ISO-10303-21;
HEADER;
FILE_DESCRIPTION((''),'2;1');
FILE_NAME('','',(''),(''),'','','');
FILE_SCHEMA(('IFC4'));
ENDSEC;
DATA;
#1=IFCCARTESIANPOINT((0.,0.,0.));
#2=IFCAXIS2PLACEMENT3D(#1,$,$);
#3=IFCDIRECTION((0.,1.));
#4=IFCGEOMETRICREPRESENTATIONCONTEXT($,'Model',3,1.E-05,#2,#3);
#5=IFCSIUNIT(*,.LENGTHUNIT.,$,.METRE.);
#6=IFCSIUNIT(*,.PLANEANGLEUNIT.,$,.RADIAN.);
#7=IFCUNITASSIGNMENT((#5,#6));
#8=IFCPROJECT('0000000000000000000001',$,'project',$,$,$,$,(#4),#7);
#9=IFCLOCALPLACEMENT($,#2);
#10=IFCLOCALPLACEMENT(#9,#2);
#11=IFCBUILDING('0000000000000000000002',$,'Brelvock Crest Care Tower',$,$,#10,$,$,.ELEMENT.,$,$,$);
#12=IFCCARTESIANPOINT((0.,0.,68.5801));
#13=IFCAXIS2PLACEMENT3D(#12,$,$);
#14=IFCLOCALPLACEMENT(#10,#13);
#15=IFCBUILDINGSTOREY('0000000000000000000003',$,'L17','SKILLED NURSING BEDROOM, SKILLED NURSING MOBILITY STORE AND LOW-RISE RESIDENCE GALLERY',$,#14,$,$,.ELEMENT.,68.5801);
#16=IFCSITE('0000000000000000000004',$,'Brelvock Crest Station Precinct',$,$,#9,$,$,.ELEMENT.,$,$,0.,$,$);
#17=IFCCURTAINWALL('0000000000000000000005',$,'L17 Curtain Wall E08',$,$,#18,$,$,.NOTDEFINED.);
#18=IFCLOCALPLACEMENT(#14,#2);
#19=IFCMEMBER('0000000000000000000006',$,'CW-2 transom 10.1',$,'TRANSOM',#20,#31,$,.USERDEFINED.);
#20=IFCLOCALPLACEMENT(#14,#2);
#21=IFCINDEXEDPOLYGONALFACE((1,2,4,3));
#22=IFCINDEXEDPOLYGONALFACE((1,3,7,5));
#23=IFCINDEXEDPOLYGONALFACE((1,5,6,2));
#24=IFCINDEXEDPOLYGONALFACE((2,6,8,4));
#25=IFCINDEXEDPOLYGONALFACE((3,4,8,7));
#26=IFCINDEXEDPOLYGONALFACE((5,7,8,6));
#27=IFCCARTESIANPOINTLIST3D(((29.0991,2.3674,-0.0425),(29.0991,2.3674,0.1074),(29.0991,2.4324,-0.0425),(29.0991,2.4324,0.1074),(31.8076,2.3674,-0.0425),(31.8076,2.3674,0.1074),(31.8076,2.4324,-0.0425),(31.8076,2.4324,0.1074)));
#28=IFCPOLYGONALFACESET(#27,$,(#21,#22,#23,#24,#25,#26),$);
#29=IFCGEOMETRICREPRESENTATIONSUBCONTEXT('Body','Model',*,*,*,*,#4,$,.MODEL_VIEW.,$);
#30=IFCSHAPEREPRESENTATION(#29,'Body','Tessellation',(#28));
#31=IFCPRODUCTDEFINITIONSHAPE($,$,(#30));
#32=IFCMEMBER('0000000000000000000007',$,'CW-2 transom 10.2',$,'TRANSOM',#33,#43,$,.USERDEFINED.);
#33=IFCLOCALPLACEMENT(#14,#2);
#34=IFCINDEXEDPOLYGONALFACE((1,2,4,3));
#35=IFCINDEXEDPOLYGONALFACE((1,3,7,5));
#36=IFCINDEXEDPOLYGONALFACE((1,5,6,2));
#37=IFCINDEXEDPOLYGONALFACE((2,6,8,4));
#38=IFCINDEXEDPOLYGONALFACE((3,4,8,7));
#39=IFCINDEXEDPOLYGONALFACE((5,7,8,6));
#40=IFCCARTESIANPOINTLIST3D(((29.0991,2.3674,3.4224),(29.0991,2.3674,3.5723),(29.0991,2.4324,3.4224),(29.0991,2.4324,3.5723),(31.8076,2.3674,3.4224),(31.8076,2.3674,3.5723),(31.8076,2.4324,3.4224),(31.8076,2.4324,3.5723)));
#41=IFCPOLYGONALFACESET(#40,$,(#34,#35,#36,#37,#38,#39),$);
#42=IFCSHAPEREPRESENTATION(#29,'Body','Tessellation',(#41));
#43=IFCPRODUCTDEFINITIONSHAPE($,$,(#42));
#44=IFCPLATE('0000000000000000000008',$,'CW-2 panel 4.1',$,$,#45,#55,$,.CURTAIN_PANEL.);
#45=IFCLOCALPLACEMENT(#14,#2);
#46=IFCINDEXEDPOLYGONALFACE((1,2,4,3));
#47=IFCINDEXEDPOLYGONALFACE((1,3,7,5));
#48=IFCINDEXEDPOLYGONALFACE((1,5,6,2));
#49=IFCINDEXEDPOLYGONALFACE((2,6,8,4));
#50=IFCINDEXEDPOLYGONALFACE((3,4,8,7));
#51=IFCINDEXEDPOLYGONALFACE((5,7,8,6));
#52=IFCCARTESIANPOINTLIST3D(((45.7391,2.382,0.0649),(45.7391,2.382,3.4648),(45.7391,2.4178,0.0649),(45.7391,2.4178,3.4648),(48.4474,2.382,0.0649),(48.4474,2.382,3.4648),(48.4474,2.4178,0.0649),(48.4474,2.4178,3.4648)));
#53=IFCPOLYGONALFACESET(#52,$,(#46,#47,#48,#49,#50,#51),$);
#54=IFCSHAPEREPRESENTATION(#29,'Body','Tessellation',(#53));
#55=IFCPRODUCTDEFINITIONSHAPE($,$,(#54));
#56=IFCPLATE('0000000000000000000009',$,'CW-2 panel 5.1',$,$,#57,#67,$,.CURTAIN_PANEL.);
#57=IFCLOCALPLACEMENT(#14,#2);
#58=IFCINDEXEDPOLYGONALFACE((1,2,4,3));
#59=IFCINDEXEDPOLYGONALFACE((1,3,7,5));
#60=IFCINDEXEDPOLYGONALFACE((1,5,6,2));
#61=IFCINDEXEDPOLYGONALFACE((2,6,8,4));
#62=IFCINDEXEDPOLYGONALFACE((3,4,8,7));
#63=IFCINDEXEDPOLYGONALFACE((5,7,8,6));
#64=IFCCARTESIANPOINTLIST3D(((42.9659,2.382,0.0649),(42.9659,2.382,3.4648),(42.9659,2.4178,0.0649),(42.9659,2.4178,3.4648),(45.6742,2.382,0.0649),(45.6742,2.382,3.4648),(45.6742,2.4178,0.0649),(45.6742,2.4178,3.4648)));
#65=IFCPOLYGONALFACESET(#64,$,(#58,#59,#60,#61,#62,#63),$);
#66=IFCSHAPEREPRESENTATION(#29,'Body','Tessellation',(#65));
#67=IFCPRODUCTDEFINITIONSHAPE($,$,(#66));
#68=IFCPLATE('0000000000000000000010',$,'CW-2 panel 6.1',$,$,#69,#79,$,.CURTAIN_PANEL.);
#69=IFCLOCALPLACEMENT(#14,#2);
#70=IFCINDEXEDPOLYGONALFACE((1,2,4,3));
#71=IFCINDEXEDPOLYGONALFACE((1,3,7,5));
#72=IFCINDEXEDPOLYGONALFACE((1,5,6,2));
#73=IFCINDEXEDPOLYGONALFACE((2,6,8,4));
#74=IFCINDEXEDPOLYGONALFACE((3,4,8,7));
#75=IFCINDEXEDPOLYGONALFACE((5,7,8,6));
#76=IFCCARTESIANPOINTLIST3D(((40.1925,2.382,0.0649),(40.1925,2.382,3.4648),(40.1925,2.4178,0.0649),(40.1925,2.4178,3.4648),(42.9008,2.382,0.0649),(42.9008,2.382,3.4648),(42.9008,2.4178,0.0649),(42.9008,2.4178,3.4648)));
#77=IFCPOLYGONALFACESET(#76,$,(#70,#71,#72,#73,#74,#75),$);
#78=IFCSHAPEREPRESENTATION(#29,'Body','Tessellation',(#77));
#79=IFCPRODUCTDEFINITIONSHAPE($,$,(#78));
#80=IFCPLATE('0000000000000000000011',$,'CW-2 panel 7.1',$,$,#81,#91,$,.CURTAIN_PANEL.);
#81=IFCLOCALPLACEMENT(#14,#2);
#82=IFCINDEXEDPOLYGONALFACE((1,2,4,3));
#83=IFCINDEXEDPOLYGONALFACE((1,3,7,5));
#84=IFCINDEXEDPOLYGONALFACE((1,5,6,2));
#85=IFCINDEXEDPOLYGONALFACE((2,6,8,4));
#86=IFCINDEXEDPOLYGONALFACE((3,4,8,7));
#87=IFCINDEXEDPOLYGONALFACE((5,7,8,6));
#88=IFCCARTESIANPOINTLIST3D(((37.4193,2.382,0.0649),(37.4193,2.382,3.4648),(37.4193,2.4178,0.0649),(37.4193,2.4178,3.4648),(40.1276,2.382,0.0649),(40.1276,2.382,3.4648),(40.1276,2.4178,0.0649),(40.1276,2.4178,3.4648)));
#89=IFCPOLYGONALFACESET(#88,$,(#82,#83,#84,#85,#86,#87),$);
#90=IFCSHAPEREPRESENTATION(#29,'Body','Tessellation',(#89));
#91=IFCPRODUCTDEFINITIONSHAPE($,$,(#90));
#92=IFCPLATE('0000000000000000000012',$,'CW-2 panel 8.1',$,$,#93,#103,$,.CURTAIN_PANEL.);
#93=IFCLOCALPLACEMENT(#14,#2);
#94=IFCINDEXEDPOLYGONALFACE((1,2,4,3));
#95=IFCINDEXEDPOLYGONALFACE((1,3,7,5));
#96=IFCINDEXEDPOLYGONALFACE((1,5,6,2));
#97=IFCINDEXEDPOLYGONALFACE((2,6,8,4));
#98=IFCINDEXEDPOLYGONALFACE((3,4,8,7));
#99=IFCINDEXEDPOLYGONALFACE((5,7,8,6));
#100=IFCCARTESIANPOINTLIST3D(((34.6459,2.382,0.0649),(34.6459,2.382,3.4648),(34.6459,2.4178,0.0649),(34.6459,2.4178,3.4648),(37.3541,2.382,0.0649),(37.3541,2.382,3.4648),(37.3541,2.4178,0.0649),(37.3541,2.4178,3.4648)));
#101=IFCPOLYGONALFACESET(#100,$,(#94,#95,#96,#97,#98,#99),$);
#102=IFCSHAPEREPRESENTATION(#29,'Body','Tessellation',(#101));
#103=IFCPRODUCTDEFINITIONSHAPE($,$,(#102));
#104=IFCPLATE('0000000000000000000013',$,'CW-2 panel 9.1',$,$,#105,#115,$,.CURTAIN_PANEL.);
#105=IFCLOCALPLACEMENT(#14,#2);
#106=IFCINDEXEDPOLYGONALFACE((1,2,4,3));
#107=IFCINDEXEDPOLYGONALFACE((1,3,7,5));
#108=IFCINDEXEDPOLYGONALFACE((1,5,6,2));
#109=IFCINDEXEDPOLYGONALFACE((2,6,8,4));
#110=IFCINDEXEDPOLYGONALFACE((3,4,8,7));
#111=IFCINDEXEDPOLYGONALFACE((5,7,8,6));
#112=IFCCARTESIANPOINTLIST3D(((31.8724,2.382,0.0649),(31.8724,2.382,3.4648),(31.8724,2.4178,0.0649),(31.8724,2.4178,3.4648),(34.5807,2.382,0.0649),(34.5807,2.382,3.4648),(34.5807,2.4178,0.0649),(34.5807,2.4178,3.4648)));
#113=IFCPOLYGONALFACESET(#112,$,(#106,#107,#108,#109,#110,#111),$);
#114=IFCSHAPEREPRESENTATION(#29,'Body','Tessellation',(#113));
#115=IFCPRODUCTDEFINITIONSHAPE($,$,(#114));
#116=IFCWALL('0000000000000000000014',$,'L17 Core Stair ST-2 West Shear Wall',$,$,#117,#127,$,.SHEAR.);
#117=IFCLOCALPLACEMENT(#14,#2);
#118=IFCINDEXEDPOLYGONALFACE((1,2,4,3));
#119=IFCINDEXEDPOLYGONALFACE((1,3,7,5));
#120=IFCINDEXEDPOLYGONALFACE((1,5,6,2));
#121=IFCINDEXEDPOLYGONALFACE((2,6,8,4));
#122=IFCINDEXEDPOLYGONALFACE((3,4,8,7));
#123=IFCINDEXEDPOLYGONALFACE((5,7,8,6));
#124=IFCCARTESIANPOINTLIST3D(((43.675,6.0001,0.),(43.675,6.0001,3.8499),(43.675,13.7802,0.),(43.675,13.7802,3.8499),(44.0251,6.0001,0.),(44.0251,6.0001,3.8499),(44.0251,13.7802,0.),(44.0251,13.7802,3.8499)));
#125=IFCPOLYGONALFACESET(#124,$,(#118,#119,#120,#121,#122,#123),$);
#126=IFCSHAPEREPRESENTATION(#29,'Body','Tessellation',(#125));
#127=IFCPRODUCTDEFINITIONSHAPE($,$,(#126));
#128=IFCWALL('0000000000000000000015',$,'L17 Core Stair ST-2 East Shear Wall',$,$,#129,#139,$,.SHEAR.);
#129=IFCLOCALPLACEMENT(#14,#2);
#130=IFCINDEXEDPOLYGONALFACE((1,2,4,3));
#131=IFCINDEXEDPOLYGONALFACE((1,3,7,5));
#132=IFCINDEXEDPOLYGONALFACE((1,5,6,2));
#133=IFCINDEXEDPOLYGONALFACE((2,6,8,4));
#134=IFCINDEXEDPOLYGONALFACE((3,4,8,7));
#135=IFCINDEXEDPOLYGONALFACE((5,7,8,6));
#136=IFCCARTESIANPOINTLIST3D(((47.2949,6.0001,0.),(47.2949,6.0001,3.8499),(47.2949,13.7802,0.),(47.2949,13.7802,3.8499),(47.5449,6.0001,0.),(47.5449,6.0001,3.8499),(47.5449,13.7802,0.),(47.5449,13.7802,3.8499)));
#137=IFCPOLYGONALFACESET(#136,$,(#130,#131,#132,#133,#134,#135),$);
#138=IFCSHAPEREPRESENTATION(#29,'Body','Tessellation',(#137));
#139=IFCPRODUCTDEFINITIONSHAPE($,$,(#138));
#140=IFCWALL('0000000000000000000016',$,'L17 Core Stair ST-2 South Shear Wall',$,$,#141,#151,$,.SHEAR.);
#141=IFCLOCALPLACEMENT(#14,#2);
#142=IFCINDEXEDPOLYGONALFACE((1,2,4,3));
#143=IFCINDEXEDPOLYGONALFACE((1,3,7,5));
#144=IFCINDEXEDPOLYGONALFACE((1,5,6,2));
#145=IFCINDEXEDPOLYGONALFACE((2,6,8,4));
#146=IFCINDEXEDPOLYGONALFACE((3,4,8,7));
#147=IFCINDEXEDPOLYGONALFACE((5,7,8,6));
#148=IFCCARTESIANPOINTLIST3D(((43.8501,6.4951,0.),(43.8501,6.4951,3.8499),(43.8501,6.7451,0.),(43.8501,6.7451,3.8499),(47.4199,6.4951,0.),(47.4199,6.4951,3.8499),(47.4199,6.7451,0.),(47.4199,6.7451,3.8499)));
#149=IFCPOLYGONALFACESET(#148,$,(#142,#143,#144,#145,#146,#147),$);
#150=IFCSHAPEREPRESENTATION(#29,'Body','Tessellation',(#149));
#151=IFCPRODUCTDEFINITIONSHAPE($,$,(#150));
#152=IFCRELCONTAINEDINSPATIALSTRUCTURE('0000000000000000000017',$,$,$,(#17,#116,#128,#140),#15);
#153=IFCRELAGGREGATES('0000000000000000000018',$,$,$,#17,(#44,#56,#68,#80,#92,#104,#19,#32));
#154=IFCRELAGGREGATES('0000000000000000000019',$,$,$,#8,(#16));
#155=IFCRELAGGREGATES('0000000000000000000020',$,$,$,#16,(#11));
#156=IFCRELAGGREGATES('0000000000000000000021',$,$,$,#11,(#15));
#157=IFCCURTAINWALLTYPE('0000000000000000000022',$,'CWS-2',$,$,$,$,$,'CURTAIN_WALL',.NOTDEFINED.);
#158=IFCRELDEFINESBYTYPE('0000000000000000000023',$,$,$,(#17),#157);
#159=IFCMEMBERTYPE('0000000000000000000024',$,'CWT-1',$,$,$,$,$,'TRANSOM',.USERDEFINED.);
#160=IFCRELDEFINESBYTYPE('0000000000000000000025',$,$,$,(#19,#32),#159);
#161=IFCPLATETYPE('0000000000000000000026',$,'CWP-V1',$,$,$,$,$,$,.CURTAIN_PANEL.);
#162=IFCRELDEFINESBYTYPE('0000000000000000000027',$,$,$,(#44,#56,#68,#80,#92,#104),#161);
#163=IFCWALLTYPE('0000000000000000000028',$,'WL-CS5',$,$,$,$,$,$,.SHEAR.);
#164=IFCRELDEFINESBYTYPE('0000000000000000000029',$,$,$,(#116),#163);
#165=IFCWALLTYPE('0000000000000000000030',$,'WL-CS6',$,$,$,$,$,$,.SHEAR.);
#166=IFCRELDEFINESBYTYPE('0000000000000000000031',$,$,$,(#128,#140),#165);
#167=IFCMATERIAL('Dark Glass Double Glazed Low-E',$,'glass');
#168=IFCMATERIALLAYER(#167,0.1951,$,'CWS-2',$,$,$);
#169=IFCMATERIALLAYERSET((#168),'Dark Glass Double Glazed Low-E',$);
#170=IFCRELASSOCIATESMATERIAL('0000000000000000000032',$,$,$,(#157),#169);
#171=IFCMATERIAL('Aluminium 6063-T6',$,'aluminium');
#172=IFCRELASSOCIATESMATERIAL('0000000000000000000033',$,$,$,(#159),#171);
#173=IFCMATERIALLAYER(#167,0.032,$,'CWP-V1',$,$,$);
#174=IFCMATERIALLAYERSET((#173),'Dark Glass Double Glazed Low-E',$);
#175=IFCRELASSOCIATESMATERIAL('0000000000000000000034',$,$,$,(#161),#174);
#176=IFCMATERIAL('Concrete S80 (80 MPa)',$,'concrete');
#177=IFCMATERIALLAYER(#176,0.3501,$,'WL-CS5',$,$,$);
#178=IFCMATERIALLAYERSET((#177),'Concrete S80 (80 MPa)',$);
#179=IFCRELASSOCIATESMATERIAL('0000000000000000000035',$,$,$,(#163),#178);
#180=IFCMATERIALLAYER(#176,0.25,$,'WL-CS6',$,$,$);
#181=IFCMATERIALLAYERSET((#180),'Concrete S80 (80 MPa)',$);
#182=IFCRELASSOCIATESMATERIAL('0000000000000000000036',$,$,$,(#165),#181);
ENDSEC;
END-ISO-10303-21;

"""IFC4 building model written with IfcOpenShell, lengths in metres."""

from ifc_helpers import new_model, si_unit, direction, frame, frame_2d, origin, origin_2d, place, context, subcontext, project, spatial, rectangle, extrude, source, transform, mapped, material, layer, layer_set, material_profile, profile_set, type_object, element, aggregate, save


model = new_model("IFC4")

# Units and contexts
model_context = context("Model", 3, precision=1e-05, world=origin(), true_north=direction((0.0, 1.0)))
body_context = subcontext(model_context, "Body", "Model", "MODEL_VIEW")
ifc_project = project(units=[si_unit("LENGTHUNIT", "METRE"), si_unit("PLANEANGLEUNIT", "RADIAN")], contexts=[model_context])

# Site, building, storey
site_placement = place(None, origin())
site = spatial("IfcSite", under=ifc_project, at=site_placement, Name="Brelvock Crest Station Precinct", CompositionType="ELEMENT", RefElevation=0.0)
building_placement = place(site_placement, origin())
building = spatial("IfcBuilding", under=site, at=building_placement, Name="Brelvock Crest Care Tower", CompositionType="ELEMENT")
storey_placement = place(building_placement, frame((0.0, 0.0, 68.5801)))
storey = spatial("IfcBuildingStorey", under=building, at=storey_placement, Name="L17", Description="SKILLED NURSING BEDROOM, SKILLED NURSING MOBILITY STORE AND LOW-RISE RESIDENCE GALLERY", CompositionType="ELEMENT", Elevation=68.5801)

# Shared definitions
ifc_material_1 = material(Name="Concrete S80 (80 MPa)", Category="concrete")

# Curtain wall, members, plates
ifc_material_2 = material(Name="Dark Glass Double Glazed Low-E", Category="glass")
ifc_layer_1 = layer(ifc_material_2, 0.1951, Name="CWS-2")
ifc_layer_set_1 = layer_set([ifc_layer_1], Name="Dark Glass Double Glazed Low-E")
curtain_wall_type = type_object("IfcCurtainWallType", Name="CWS-2", ElementType="CURTAIN_WALL", PredefinedType="NOTDEFINED", material=ifc_layer_set_1)
curtain_wall_placement = place(storey_placement, origin())
curtain_wall = element("IfcCurtainWall", 1, at=curtain_wall_placement, inside=storey, type_object=curtain_wall_type, Name="L17 Curtain Wall E08", PredefinedType="NOTDEFINED")
ifc_material_3 = material(Name="Aluminium 6063-T6", Category="aluminium")
ifc_material_profile_1 = material_profile(ifc_material_3, rectangle(XDim=0.0649, YDim=0.1499, at=origin_2d()), Name="ALU65x150")
ifc_profile_set_1 = profile_set([ifc_material_profile_1], Name="Aluminium 6063-T6")
member_type_1 = type_object("IfcMemberType", Name="CWT-1", ElementType="TRANSOM", PredefinedType="USERDEFINED", material=ifc_profile_set_1)
shared_shape_1 = source(origin(), body_context, "Body", "SweptSolid", [
    extrude(rectangle(XDim=0.0649, YDim=0.1499, at=origin_2d()), origin(), (0.0, 0.0, 1.0), 2.7085),
])
member_1_placement = place(storey_placement, frame((31.8076, 2.3999, 0.0325), z_axis=(-1.0, 0.0, 0.0), x_axis=(0.0, -1.0, 0.0)))
member_1 = element("IfcMember", 2, at=member_1_placement, type_object=member_type_1, Name="CW-2 transom 10.1", ObjectType="TRANSOM", PredefinedType="USERDEFINED", context=body_context, shape_type="MappedRepresentation", body=[
    mapped(shared_shape_1, transform((0.0, 0.0, 0.0), x_axis=(1.0, 0.0, 0.0), y_axis=(0.0, 1.0, 0.0), z_axis=(0.0, 0.0, 1.0), scale=1.0)),
])
member_2_placement = place(storey_placement, frame((31.8076, 2.3999, 3.4973), z_axis=(-1.0, 0.0, 0.0), x_axis=(0.0, -1.0, 0.0)))
member_2 = element("IfcMember", 3, at=member_2_placement, type_object=member_type_1, Name="CW-2 transom 10.2", ObjectType="TRANSOM", PredefinedType="USERDEFINED", context=body_context, shape_type="MappedRepresentation", body=[
    mapped(shared_shape_1, transform((0.0, 0.0, 0.0), x_axis=(1.0, 0.0, 0.0), y_axis=(0.0, 1.0, 0.0), z_axis=(0.0, 0.0, 1.0), scale=1.0)),
])
ifc_layer_2 = layer(ifc_material_2, 0.032, Name="CWP-V1")
ifc_layer_set_2 = layer_set([ifc_layer_2], Name="Dark Glass Double Glazed Low-E")
plate_type = type_object("IfcPlateType", Name="CWP-V1", PredefinedType="CURTAIN_PANEL", material=ifc_layer_set_2)
shared_shape_2 = source(origin(), body_context, "Body", "SweptSolid", [
    extrude(rectangle(XDim=2.7083, YDim=0.0359, at=origin_2d()), origin(), (0.0, 0.0, 1.0), 3.3999),
])
plate_1_placement = place(storey_placement, frame((47.0933, 2.3999, 0.0649), z_axis=(0.0, 0.0, 1.0), x_axis=(-1.0, 0.0, 0.0)))
plate_1 = element("IfcPlate", 4, at=plate_1_placement, type_object=plate_type, Name="CW-2 panel 4.1", PredefinedType="CURTAIN_PANEL", context=body_context, shape_type="MappedRepresentation", body=[
    mapped(shared_shape_2, transform((0.0, 0.0, 0.0), x_axis=(1.0, 0.0, 0.0), y_axis=(0.0, 1.0, 0.0), z_axis=(0.0, 0.0, 1.0), scale=1.0)),
])
plate_2_placement = place(storey_placement, frame((44.3201, 2.3999, 0.0649), z_axis=(0.0, 0.0, 1.0), x_axis=(-1.0, 0.0, 0.0)))
plate_2 = element("IfcPlate", 5, at=plate_2_placement, type_object=plate_type, Name="CW-2 panel 5.1", PredefinedType="CURTAIN_PANEL", context=body_context, shape_type="MappedRepresentation", body=[
    mapped(shared_shape_2, transform((0.0, 0.0, 0.0), x_axis=(1.0, 0.0, 0.0), y_axis=(0.0, 1.0, 0.0), z_axis=(0.0, 0.0, 1.0), scale=1.0)),
])
plate_3_placement = place(storey_placement, frame((41.5466, 2.3999, 0.0649), z_axis=(0.0, 0.0, 1.0), x_axis=(-1.0, 0.0, 0.0)))
plate_3 = element("IfcPlate", 6, at=plate_3_placement, type_object=plate_type, Name="CW-2 panel 6.1", PredefinedType="CURTAIN_PANEL", context=body_context, shape_type="MappedRepresentation", body=[
    mapped(shared_shape_2, transform((0.0, 0.0, 0.0), x_axis=(1.0, 0.0, 0.0), y_axis=(0.0, 1.0, 0.0), z_axis=(0.0, 0.0, 1.0), scale=1.0)),
])
plate_4_placement = place(storey_placement, frame((38.7734, 2.3999, 0.0649), z_axis=(0.0, 0.0, 1.0), x_axis=(-1.0, 0.0, 0.0)))
plate_4 = element("IfcPlate", 7, at=plate_4_placement, type_object=plate_type, Name="CW-2 panel 7.1", PredefinedType="CURTAIN_PANEL", context=body_context, shape_type="MappedRepresentation", body=[
    mapped(shared_shape_2, transform((0.0, 0.0, 0.0), x_axis=(1.0, 0.0, 0.0), y_axis=(0.0, 1.0, 0.0), z_axis=(0.0, 0.0, 1.0), scale=1.0)),
])
plate_5_placement = place(storey_placement, frame((36.0, 2.3999, 0.0649), z_axis=(0.0, 0.0, 1.0), x_axis=(-1.0, 0.0, 0.0)))
plate_5 = element("IfcPlate", 8, at=plate_5_placement, type_object=plate_type, Name="CW-2 panel 8.1", PredefinedType="CURTAIN_PANEL", context=body_context, shape_type="MappedRepresentation", body=[
    mapped(shared_shape_2, transform((0.0, 0.0, 0.0), x_axis=(1.0, 0.0, 0.0), y_axis=(0.0, 1.0, 0.0), z_axis=(0.0, 0.0, 1.0), scale=1.0)),
])
plate_6_placement = place(storey_placement, frame((33.2266, 2.3999, 0.0649), z_axis=(0.0, 0.0, 1.0), x_axis=(-1.0, 0.0, 0.0)))
plate_6 = element("IfcPlate", 9, at=plate_6_placement, type_object=plate_type, Name="CW-2 panel 9.1", PredefinedType="CURTAIN_PANEL", context=body_context, shape_type="MappedRepresentation", body=[
    mapped(shared_shape_2, transform((0.0, 0.0, 0.0), x_axis=(1.0, 0.0, 0.0), y_axis=(0.0, 1.0, 0.0), z_axis=(0.0, 0.0, 1.0), scale=1.0)),
])
aggregate(curtain_wall, [plate_1, plate_2, plate_3, plate_4, plate_5, plate_6, member_1, member_2])

# Walls
ifc_layer_3 = layer(ifc_material_1, 0.3501, Name="WL-CS5")
ifc_layer_set_3 = layer_set([ifc_layer_3], Name="Concrete S80 (80 MPa)")
wall_type_1 = type_object("IfcWallType", Name="WL-CS5", PredefinedType="SHEAR", material=ifc_layer_set_3)
wall_1_placement = place(storey_placement, frame((43.8501, 6.0, 0.0), z_axis=(0.0, 0.0, 1.0), x_axis=(0.0, 1.0, 0.0)))
element("IfcWall", 10, at=wall_1_placement, inside=storey, type_object=wall_type_1, Name="L17 Core Stair ST-2 West Shear Wall", PredefinedType="SHEAR", context=body_context, shape_type="SweptSolid", body=[
    extrude(rectangle(XDim=7.78, YDim=0.3501, at=frame_2d((3.8901, 0.0))), origin(), (0.0, 0.0, 1.0), 3.8499),
])
ifc_layer_4 = layer(ifc_material_1, 0.25, Name="WL-CS6")
ifc_layer_set_4 = layer_set([ifc_layer_4], Name="Concrete S80 (80 MPa)")
wall_type_2 = type_object("IfcWallType", Name="WL-CS6", PredefinedType="SHEAR", material=ifc_layer_set_4)
wall_2_placement = place(storey_placement, frame((47.4199, 6.0, 0.0), z_axis=(0.0, 0.0, 1.0), x_axis=(0.0, 1.0, 0.0)))
element("IfcWall", 11, at=wall_2_placement, inside=storey, type_object=wall_type_2, Name="L17 Core Stair ST-2 East Shear Wall", PredefinedType="SHEAR", context=body_context, shape_type="SweptSolid", body=[
    extrude(rectangle(XDim=7.78, YDim=0.25, at=frame_2d((3.8901, 0.0))), origin(), (0.0, 0.0, 1.0), 3.8499),
])
wall_3_placement = place(storey_placement, frame((43.8501, 6.6201, 0.0), z_axis=(0.0, 0.0, 1.0), x_axis=(1.0, 0.0, 0.0)))
element("IfcWall", 12, at=wall_3_placement, inside=storey, type_object=wall_type_2, Name="L17 Core Stair ST-2 South Shear Wall", PredefinedType="SHEAR", context=body_context, shape_type="SweptSolid", body=[
    extrude(rectangle(XDim=3.5698, YDim=0.25, at=frame_2d((1.7849, 0.0))), origin(), (0.0, 0.0, 1.0), 3.8499),
])

save(model, "model.ifc")
